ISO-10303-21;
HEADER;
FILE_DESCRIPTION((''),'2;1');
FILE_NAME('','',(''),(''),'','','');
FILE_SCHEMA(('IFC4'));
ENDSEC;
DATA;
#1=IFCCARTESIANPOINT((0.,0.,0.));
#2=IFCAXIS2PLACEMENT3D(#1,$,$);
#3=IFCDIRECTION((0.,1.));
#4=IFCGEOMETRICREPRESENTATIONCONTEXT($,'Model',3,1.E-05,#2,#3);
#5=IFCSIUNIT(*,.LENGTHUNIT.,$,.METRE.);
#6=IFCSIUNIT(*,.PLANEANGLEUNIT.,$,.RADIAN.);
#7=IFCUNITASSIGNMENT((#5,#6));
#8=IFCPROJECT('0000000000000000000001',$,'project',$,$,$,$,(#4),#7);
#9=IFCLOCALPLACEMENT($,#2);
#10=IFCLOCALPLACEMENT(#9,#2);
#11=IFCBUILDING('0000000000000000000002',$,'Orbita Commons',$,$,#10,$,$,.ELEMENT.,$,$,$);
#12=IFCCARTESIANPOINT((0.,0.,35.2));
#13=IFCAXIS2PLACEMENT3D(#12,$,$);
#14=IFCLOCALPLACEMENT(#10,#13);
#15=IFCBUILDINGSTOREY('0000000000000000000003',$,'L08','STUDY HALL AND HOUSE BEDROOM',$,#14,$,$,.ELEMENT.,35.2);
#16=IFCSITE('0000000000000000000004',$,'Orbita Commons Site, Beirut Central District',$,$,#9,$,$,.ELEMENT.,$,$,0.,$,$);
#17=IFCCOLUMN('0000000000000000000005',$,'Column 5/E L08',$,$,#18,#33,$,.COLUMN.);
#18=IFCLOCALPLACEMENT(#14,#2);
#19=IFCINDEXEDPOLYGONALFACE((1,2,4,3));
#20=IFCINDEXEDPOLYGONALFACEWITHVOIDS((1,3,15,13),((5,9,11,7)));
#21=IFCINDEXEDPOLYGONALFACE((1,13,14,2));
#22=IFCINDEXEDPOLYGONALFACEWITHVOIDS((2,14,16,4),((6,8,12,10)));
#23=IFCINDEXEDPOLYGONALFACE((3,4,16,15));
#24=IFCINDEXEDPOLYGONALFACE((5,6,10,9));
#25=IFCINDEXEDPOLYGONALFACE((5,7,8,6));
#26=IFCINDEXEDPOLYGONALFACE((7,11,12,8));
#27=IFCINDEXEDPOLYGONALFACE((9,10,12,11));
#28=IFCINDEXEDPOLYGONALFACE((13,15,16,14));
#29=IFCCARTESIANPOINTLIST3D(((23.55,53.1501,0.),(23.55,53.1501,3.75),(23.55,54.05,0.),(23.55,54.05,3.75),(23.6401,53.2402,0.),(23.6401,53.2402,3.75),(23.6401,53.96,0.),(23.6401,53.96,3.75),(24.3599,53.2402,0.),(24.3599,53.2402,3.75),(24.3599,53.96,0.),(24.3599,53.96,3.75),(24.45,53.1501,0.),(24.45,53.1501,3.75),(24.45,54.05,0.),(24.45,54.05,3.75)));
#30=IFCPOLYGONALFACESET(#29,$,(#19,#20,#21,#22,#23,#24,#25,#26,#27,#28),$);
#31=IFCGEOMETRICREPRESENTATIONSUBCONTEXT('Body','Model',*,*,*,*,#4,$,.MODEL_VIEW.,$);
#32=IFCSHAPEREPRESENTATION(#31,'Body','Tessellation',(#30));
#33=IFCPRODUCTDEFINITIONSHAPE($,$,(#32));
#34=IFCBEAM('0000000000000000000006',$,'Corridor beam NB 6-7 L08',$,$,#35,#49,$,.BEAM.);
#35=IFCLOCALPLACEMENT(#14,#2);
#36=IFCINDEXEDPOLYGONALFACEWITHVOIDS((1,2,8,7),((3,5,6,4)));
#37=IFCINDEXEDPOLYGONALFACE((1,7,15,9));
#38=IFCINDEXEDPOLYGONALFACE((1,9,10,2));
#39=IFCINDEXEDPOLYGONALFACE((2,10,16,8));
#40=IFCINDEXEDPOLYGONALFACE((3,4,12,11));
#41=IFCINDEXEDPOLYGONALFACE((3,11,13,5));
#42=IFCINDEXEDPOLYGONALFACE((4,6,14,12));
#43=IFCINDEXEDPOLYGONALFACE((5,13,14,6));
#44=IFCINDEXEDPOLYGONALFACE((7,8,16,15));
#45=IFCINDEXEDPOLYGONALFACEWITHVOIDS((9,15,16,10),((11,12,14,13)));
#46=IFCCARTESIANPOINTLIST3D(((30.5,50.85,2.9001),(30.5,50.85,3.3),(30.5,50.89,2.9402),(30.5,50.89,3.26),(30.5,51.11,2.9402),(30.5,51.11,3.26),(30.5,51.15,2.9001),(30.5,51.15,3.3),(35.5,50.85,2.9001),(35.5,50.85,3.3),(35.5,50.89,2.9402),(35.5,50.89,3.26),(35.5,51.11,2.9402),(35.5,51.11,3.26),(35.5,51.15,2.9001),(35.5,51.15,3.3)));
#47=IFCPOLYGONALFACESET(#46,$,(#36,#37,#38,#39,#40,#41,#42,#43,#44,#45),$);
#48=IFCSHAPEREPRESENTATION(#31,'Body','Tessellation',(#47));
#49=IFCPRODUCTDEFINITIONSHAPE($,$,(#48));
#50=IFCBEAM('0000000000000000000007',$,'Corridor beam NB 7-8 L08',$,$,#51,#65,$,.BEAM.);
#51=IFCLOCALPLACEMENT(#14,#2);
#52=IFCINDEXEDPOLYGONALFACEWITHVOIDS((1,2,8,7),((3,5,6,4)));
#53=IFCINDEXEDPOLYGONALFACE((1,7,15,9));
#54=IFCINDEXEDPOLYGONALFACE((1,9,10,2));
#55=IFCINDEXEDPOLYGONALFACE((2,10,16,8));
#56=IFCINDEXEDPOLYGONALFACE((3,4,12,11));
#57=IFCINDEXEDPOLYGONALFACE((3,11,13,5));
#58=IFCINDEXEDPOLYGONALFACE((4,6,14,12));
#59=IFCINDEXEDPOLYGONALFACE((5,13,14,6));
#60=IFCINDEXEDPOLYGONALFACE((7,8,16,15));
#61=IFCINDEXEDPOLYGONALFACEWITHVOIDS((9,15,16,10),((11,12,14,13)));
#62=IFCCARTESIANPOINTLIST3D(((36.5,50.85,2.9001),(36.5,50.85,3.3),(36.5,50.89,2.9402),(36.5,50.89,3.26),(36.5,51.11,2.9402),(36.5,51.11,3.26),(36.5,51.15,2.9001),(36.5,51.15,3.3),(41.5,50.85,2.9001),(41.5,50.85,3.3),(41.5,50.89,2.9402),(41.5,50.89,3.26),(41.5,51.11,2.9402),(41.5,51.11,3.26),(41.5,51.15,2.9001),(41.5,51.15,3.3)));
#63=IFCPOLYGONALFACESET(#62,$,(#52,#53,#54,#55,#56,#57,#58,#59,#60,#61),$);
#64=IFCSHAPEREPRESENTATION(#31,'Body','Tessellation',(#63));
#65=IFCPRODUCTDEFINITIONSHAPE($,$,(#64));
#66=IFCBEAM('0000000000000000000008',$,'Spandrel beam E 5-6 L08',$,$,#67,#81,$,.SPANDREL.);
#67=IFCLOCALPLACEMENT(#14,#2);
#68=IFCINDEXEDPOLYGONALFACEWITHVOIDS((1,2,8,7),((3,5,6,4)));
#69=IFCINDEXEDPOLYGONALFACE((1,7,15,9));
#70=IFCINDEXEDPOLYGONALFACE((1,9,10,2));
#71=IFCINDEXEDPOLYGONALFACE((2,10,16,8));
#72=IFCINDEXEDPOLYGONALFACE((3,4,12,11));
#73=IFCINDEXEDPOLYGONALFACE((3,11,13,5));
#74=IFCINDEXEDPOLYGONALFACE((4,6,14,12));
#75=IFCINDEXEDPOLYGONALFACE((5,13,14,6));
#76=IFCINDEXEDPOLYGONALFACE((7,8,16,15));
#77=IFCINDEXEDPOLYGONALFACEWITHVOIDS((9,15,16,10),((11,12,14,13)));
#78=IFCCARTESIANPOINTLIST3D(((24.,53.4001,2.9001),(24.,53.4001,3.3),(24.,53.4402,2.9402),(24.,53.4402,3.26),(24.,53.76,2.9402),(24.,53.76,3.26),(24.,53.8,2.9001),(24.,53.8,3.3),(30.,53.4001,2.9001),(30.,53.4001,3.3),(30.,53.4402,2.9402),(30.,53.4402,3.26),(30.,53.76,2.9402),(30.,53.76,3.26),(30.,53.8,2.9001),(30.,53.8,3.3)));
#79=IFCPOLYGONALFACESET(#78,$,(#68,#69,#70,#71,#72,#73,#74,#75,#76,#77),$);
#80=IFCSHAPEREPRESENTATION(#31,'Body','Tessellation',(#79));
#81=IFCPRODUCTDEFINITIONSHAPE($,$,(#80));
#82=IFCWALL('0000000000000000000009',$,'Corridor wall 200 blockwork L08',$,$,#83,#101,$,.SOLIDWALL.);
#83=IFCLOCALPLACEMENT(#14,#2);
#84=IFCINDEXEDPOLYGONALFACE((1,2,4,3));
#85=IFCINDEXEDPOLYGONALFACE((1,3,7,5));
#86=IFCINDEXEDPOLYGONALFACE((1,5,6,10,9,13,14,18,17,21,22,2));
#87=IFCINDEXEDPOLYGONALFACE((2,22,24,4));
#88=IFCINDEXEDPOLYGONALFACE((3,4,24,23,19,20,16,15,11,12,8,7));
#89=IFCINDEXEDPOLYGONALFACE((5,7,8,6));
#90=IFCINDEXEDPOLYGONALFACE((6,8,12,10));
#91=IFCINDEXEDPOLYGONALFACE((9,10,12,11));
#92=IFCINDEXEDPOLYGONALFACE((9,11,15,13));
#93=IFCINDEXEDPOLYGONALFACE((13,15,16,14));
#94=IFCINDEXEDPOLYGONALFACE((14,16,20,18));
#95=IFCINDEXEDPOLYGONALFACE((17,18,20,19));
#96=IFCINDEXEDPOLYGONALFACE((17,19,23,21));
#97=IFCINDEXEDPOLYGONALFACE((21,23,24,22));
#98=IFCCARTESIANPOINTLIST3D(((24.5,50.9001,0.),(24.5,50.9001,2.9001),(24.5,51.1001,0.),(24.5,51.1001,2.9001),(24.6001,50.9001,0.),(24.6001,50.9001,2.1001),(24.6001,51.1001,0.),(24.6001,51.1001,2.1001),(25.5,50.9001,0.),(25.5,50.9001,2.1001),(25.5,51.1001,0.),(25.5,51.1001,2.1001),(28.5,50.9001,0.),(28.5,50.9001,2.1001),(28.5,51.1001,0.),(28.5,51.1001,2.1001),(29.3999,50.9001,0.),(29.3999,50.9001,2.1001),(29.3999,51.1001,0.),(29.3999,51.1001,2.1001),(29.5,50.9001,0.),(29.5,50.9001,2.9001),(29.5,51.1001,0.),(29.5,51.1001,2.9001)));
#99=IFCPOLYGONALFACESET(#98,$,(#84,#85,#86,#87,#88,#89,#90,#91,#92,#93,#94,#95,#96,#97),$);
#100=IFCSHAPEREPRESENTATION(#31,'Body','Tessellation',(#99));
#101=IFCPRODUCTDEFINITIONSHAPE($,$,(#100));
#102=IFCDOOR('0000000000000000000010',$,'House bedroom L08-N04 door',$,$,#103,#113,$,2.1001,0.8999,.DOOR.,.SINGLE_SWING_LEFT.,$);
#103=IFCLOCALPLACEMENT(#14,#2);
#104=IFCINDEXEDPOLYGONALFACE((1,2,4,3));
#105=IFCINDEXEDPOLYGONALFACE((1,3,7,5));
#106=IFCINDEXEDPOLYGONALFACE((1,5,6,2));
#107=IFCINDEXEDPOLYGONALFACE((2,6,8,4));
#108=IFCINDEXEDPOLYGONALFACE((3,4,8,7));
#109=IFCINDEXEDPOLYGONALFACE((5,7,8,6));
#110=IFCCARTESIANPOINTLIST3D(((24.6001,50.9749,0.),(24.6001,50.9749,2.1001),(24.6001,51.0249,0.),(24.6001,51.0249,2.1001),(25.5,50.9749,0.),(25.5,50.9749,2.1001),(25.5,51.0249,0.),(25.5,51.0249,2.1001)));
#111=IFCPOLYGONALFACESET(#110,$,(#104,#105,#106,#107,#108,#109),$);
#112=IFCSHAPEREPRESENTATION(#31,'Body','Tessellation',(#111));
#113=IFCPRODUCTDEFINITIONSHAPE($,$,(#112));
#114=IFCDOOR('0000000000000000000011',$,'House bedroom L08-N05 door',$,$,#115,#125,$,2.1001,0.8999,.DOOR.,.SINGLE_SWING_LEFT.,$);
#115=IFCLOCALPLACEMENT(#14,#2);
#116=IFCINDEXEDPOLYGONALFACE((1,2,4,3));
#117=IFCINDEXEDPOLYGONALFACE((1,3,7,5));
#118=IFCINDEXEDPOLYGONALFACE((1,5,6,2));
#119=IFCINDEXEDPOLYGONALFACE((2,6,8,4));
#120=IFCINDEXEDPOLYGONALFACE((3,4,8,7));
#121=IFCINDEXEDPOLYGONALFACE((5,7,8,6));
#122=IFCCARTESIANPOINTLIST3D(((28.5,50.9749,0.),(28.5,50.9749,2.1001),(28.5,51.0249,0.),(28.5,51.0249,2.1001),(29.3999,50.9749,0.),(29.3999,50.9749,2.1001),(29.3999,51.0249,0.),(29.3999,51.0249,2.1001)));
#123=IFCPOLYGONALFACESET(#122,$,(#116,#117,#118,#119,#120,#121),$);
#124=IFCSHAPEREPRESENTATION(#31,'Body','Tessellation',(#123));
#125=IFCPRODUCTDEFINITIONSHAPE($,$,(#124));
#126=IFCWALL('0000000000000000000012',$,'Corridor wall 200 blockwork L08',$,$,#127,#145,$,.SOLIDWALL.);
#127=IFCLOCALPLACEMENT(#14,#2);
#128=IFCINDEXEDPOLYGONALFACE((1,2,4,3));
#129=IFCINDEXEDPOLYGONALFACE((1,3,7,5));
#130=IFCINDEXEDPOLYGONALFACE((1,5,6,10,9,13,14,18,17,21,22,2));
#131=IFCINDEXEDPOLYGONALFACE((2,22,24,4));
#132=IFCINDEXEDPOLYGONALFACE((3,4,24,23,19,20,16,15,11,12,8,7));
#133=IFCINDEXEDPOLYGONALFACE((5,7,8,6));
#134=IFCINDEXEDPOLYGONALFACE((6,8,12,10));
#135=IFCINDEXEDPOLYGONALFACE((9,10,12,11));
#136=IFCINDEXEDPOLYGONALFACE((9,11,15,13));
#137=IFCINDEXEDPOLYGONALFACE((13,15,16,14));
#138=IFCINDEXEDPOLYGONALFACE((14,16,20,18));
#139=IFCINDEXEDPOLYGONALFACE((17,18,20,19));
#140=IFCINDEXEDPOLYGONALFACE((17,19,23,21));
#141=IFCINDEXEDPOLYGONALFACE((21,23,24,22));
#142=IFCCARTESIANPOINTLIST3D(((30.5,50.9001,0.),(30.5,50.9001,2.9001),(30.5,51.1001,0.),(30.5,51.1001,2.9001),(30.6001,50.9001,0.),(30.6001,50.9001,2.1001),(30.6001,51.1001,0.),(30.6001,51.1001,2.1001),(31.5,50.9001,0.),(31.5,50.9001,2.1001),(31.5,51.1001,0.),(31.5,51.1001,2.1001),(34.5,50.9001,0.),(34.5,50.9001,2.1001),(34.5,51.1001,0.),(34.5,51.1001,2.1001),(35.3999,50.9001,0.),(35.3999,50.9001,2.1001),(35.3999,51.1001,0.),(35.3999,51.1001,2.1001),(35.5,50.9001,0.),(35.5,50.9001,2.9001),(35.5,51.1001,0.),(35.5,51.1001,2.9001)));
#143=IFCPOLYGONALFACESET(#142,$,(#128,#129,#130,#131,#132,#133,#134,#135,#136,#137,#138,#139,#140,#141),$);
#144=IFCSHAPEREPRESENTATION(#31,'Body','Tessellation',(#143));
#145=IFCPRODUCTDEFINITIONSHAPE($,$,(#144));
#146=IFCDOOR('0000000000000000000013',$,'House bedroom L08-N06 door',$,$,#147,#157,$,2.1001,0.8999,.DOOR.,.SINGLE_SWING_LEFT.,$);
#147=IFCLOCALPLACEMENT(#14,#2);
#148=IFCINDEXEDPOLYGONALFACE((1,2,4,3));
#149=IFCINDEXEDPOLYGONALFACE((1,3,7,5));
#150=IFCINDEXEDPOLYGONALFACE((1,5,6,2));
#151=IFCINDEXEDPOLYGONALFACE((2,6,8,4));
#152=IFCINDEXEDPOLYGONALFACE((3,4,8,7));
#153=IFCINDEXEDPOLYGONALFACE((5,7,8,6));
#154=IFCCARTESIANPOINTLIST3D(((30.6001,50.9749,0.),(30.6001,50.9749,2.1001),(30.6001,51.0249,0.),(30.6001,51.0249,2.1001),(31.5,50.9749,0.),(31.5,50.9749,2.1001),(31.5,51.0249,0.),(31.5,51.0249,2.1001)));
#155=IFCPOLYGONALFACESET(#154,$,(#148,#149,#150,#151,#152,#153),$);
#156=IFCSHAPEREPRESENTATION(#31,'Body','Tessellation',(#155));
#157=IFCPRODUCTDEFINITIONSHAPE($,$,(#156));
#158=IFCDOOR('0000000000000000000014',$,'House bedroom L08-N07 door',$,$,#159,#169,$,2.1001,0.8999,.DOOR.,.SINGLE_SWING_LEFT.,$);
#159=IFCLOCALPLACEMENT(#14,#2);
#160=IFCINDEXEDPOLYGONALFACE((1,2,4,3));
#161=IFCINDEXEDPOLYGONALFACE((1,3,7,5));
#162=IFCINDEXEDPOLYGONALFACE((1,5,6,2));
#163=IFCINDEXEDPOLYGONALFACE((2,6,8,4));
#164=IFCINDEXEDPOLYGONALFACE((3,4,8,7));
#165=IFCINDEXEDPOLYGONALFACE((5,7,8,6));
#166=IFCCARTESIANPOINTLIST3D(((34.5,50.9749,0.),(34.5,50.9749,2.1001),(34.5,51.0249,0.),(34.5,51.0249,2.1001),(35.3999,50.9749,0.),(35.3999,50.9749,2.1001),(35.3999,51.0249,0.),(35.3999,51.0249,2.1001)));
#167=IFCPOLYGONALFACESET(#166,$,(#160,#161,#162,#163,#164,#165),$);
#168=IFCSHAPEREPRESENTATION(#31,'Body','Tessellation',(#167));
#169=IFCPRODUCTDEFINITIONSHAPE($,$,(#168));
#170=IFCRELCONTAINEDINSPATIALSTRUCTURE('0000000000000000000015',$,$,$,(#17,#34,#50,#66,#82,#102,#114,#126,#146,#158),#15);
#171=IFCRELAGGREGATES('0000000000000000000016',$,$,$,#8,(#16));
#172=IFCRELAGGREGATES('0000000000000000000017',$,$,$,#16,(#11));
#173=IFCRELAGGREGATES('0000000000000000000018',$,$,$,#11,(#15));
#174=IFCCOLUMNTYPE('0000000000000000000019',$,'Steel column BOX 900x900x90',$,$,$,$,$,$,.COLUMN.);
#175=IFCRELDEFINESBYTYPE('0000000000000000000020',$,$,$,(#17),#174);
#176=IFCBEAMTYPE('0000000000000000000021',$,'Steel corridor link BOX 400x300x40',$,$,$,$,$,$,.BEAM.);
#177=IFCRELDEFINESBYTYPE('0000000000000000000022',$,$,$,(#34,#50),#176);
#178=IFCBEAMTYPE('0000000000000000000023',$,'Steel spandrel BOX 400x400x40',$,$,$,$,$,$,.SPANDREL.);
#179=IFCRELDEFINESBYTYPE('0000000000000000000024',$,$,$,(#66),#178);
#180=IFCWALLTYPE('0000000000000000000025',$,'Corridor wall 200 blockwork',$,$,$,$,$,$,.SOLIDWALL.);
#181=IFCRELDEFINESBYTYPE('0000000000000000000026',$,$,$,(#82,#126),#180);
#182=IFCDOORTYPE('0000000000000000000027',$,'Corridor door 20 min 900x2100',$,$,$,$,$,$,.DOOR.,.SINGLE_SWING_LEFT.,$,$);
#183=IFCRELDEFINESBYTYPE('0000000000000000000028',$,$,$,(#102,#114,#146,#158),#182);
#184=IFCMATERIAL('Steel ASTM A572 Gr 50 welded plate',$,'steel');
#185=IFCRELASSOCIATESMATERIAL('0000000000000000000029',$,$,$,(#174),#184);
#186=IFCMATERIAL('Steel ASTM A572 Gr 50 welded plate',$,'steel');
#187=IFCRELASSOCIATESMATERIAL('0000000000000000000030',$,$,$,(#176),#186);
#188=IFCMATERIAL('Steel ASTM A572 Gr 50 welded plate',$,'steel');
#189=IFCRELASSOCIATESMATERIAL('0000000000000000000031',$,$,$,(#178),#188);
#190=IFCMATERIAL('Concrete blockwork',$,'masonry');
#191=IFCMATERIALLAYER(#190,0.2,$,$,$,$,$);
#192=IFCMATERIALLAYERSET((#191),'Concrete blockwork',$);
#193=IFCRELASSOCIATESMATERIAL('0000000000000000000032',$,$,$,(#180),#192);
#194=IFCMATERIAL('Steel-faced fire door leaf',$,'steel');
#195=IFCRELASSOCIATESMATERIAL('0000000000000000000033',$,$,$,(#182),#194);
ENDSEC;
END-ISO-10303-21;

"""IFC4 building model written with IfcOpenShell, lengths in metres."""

from ifc_helpers import new_model, si_unit, direction, frame, frame_2d, origin, origin_2d, place, context, subcontext, project, spatial, polyline, rectangle, hollow_rectangle, outline, extrude, material, layer, layer_set, material_profile, profile_set, type_object, element, fill, save


model = new_model("IFC4")

# Units and contexts
model_context = context("Model", 3, precision=1e-05, world=origin(), true_north=direction((0.0, 1.0)))
body_context = subcontext(model_context, "Body", "Model", "MODEL_VIEW")
ifc_project = project(units=[si_unit("LENGTHUNIT", "METRE"), si_unit("PLANEANGLEUNIT", "RADIAN")], contexts=[model_context])

# Site, building, storey
site_placement = place(None, origin())
site = spatial("IfcSite", under=ifc_project, at=site_placement, Name="Orbita Commons Site, Beirut Central District", CompositionType="ELEMENT", RefElevation=0.0)
building_placement = place(site_placement, origin())
building = spatial("IfcBuilding", under=site, at=building_placement, Name="Orbita Commons", CompositionType="ELEMENT")
storey_placement = place(building_placement, frame((0.0, 0.0, 35.2)))
storey = spatial("IfcBuildingStorey", under=building, at=storey_placement, Name="L08", Description="STUDY HALL AND HOUSE BEDROOM", CompositionType="ELEMENT", Elevation=35.2)

# Column
ifc_material_1 = material(Name="Steel ASTM A572 Gr 50 welded plate", Category="steel")
ifc_material_profile_1 = material_profile(ifc_material_1, hollow_rectangle(XDim=0.8999, YDim=0.8999, WallThickness=0.0901, at=origin_2d()), Name="BOX 900x900x90")
ifc_profile_set_1 = profile_set([ifc_material_profile_1], Name="Steel ASTM A572 Gr 50 welded plate")
column_type = type_object("IfcColumnType", Name="Steel column BOX 900x900x90", PredefinedType="COLUMN", material=ifc_profile_set_1)
column_placement = place(storey_placement, frame((24.0, 53.6001, 0.0), z_axis=(0.0, 0.0, 1.0), x_axis=(1.0, 0.0, 0.0)))
element("IfcColumn", 1, at=column_placement, inside=storey, type_object=column_type, Name="Column 5/E L08", PredefinedType="COLUMN", context=body_context, shape_type="SweptSolid", body=[
    extrude(hollow_rectangle(XDim=0.8999, YDim=0.8999, WallThickness=0.0901, at=origin_2d()), origin(), (0.0, 0.0, 1.0), 3.75),
])

# Beams
ifc_material_2 = material(Name="Steel ASTM A572 Gr 50 welded plate", Category="steel")
ifc_material_profile_2 = material_profile(ifc_material_2, hollow_rectangle(XDim=0.3, YDim=0.3999, WallThickness=0.04, at=origin_2d()), Name="BOX 400x300x40")
ifc_profile_set_2 = profile_set([ifc_material_profile_2], Name="Steel ASTM A572 Gr 50 welded plate")
beam_type_1 = type_object("IfcBeamType", Name="Steel corridor link BOX 400x300x40", PredefinedType="BEAM", material=ifc_profile_set_2)
for number, where, z_axis, x_axis, name in (
    (2, (30.5, 51.0, 3.1001), (1.0, 0.0, 0.0), (0.0, 1.0, 0.0), "Corridor beam NB 6-7 L08"),
    (3, (36.5, 51.0, 3.1001), (1.0, 0.0, 0.0), (0.0, 1.0, 0.0), "Corridor beam NB 7-8 L08"),
):
    element("IfcBeam", number, at=place(storey_placement, frame(where, z_axis=z_axis, x_axis=x_axis)), inside=storey, type_object=beam_type_1, Name=name, PredefinedType="BEAM", context=body_context, shape_type="SweptSolid", body=[
        extrude(hollow_rectangle(XDim=0.3, YDim=0.3999, WallThickness=0.04, at=origin_2d()), origin(), (0.0, 0.0, 1.0), 5.0),
    ])
ifc_material_3 = material(Name="Steel ASTM A572 Gr 50 welded plate", Category="steel")
ifc_material_profile_3 = material_profile(ifc_material_3, hollow_rectangle(XDim=0.3999, YDim=0.3999, WallThickness=0.04, at=origin_2d()), Name="BOX 400x400x40")
ifc_profile_set_3 = profile_set([ifc_material_profile_3], Name="Steel ASTM A572 Gr 50 welded plate")
beam_type_2 = type_object("IfcBeamType", Name="Steel spandrel BOX 400x400x40", PredefinedType="SPANDREL", material=ifc_profile_set_3)
beam_placement = place(storey_placement, frame((24.0, 53.6001, 3.1001), z_axis=(1.0, 0.0, 0.0), x_axis=(0.0, 1.0, 0.0)))
element("IfcBeam", 4, at=beam_placement, inside=storey, type_object=beam_type_2, Name="Spandrel beam E 5-6 L08", PredefinedType="SPANDREL", context=body_context, shape_type="SweptSolid", body=[
    extrude(hollow_rectangle(XDim=0.3999, YDim=0.3999, WallThickness=0.04, at=origin_2d()), origin(), (0.0, 0.0, 1.0), 6.0),
])

# Walls, openings, doors
ifc_material_4 = material(Name="Concrete blockwork", Category="masonry")
ifc_layer_1 = layer(ifc_material_4, 0.2)
ifc_layer_set_1 = layer_set([ifc_layer_1], Name="Concrete blockwork")
wall_type_1 = type_object("IfcWallType", Name="Corridor wall 200 blockwork", PredefinedType="SOLIDWALL", material=ifc_layer_set_1)
wall_1_placement = place(storey_placement, frame((24.5, 51.0, 0.0), z_axis=(0.0, 0.0, 1.0), x_axis=(1.0, 0.0, 0.0)))
wall_1 = element("IfcWall", 5, at=wall_1_placement, inside=storey, type_object=wall_type_1, Name="Corridor wall 200 blockwork L08", PredefinedType="SOLIDWALL", context=body_context, shape_type="SweptSolid", body=[
    extrude(outline(polyline([(0.0, 0.0), (5.0, 0.0), (5.0, 2.9001), (0.0, 2.9001), (0.0, 0.0)])), frame((0.0, 0.1001, 0.0), z_axis=(0.0, -1.0, 0.0), x_axis=(1.0, 0.0, 0.0)), (0.0, 0.0, 1.0), 0.2),
])
opening_1_placement = place(wall_1_placement, frame((0.1001, 0.0, 0.0)))
opening_1 = element("IfcOpeningElement", 6, at=opening_1_placement, cuts=wall_1, PredefinedType="OPENING", context=body_context, shape_type="SweptSolid", body=[
    extrude(rectangle(XDim=0.8999, YDim=2.1001, at=frame_2d((0.45, 1.05))), frame((0.0, 0.1099, 0.0), z_axis=(0.0, -1.0, 0.0), x_axis=(1.0, 0.0, 0.0)), (0.0, 0.0, 1.0), 0.22),
])
opening_2_placement = place(wall_1_placement, frame((4.0, 0.0, 0.0)))
opening_2 = element("IfcOpeningElement", 7, at=opening_2_placement, cuts=wall_1, PredefinedType="OPENING", context=body_context, shape_type="SweptSolid", body=[
    extrude(rectangle(XDim=0.8999, YDim=2.1001, at=frame_2d((0.45, 1.05))), frame((0.0, 0.1099, 0.0), z_axis=(0.0, -1.0, 0.0), x_axis=(1.0, 0.0, 0.0)), (0.0, 0.0, 1.0), 0.22),
])
ifc_material_5 = material(Name="Steel-faced fire door leaf", Category="steel")
door_type_1 = type_object("IfcDoorType", Name="Corridor door 20 min 900x2100", OperationType="SINGLE_SWING_LEFT", PredefinedType="DOOR", material=ifc_material_5)
door_1_placement = place(opening_1_placement, origin())
door_1 = element("IfcDoor", 8, at=door_1_placement, inside=storey, type_object=door_type_1, Name="House bedroom L08-N04 door", OperationType="SINGLE_SWING_LEFT", OverallHeight=2.1001, OverallWidth=0.8999, PredefinedType="DOOR", context=body_context, shape_type="SweptSolid", body=[
    extrude(rectangle(XDim=0.8999, YDim=2.1001, at=frame_2d((0.45, 1.05))), frame((0.0, 0.0249, 0.0), z_axis=(0.0, -1.0, 0.0), x_axis=(1.0, 0.0, 0.0)), (0.0, 0.0, 1.0), 0.05),
])
fill(opening_1, door_1)
door_2_placement = place(opening_2_placement, origin())
door_2 = element("IfcDoor", 9, at=door_2_placement, inside=storey, type_object=door_type_1, Name="House bedroom L08-N05 door", OperationType="SINGLE_SWING_LEFT", OverallHeight=2.1001, OverallWidth=0.8999, PredefinedType="DOOR", context=body_context, shape_type="SweptSolid", body=[
    extrude(rectangle(XDim=0.8999, YDim=2.1001, at=frame_2d((0.45, 1.05))), frame((0.0, 0.0249, 0.0), z_axis=(0.0, -1.0, 0.0), x_axis=(1.0, 0.0, 0.0)), (0.0, 0.0, 1.0), 0.05),
])
fill(opening_2, door_2)
wall_2_placement = place(storey_placement, frame((30.5, 51.0, 0.0), z_axis=(0.0, 0.0, 1.0), x_axis=(1.0, 0.0, 0.0)))
wall_2 = element("IfcWall", 10, at=wall_2_placement, inside=storey, type_object=wall_type_1, Name="Corridor wall 200 blockwork L08", PredefinedType="SOLIDWALL", context=body_context, shape_type="SweptSolid", body=[
    extrude(outline(polyline([(0.0, 0.0), (5.0, 0.0), (5.0, 2.9001), (0.0, 2.9001), (0.0, 0.0)])), frame((0.0, 0.1001, 0.0), z_axis=(0.0, -1.0, 0.0), x_axis=(1.0, 0.0, 0.0)), (0.0, 0.0, 1.0), 0.2),
])
opening_3_placement = place(wall_2_placement, frame((0.1001, 0.0, 0.0)))
opening_3 = element("IfcOpeningElement", 11, at=opening_3_placement, cuts=wall_2, PredefinedType="OPENING", context=body_context, shape_type="SweptSolid", body=[
    extrude(rectangle(XDim=0.8999, YDim=2.1001, at=frame_2d((0.45, 1.05))), frame((0.0, 0.1099, 0.0), z_axis=(0.0, -1.0, 0.0), x_axis=(1.0, 0.0, 0.0)), (0.0, 0.0, 1.0), 0.22),
])
opening_4_placement = place(wall_2_placement, frame((4.0, 0.0, 0.0)))
opening_4 = element("IfcOpeningElement", 12, at=opening_4_placement, cuts=wall_2, PredefinedType="OPENING", context=body_context, shape_type="SweptSolid", body=[
    extrude(rectangle(XDim=0.8999, YDim=2.1001, at=frame_2d((0.45, 1.05))), frame((0.0, 0.1099, 0.0), z_axis=(0.0, -1.0, 0.0), x_axis=(1.0, 0.0, 0.0)), (0.0, 0.0, 1.0), 0.22),
])
door_3_placement = place(opening_3_placement, origin())
door_3 = element("IfcDoor", 13, at=door_3_placement, inside=storey, type_object=door_type_1, Name="House bedroom L08-N06 door", OperationType="SINGLE_SWING_LEFT", OverallHeight=2.1001, OverallWidth=0.8999, PredefinedType="DOOR", context=body_context, shape_type="SweptSolid", body=[
    extrude(rectangle(XDim=0.8999, YDim=2.1001, at=frame_2d((0.45, 1.05))), frame((0.0, 0.0249, 0.0), z_axis=(0.0, -1.0, 0.0), x_axis=(1.0, 0.0, 0.0)), (0.0, 0.0, 1.0), 0.05),
])
fill(opening_3, door_3)
door_4_placement = place(opening_4_placement, origin())
door_4 = element("IfcDoor", 14, at=door_4_placement, inside=storey, type_object=door_type_1, Name="House bedroom L08-N07 door", OperationType="SINGLE_SWING_LEFT", OverallHeight=2.1001, OverallWidth=0.8999, PredefinedType="DOOR", context=body_context, shape_type="SweptSolid", body=[
    extrude(rectangle(XDim=0.8999, YDim=2.1001, at=frame_2d((0.45, 1.05))), frame((0.0, 0.0249, 0.0), z_axis=(0.0, -1.0, 0.0), x_axis=(1.0, 0.0, 0.0)), (0.0, 0.0, 1.0), 0.05),
])
fill(opening_4, door_4)

save(model, "model.ifc")
